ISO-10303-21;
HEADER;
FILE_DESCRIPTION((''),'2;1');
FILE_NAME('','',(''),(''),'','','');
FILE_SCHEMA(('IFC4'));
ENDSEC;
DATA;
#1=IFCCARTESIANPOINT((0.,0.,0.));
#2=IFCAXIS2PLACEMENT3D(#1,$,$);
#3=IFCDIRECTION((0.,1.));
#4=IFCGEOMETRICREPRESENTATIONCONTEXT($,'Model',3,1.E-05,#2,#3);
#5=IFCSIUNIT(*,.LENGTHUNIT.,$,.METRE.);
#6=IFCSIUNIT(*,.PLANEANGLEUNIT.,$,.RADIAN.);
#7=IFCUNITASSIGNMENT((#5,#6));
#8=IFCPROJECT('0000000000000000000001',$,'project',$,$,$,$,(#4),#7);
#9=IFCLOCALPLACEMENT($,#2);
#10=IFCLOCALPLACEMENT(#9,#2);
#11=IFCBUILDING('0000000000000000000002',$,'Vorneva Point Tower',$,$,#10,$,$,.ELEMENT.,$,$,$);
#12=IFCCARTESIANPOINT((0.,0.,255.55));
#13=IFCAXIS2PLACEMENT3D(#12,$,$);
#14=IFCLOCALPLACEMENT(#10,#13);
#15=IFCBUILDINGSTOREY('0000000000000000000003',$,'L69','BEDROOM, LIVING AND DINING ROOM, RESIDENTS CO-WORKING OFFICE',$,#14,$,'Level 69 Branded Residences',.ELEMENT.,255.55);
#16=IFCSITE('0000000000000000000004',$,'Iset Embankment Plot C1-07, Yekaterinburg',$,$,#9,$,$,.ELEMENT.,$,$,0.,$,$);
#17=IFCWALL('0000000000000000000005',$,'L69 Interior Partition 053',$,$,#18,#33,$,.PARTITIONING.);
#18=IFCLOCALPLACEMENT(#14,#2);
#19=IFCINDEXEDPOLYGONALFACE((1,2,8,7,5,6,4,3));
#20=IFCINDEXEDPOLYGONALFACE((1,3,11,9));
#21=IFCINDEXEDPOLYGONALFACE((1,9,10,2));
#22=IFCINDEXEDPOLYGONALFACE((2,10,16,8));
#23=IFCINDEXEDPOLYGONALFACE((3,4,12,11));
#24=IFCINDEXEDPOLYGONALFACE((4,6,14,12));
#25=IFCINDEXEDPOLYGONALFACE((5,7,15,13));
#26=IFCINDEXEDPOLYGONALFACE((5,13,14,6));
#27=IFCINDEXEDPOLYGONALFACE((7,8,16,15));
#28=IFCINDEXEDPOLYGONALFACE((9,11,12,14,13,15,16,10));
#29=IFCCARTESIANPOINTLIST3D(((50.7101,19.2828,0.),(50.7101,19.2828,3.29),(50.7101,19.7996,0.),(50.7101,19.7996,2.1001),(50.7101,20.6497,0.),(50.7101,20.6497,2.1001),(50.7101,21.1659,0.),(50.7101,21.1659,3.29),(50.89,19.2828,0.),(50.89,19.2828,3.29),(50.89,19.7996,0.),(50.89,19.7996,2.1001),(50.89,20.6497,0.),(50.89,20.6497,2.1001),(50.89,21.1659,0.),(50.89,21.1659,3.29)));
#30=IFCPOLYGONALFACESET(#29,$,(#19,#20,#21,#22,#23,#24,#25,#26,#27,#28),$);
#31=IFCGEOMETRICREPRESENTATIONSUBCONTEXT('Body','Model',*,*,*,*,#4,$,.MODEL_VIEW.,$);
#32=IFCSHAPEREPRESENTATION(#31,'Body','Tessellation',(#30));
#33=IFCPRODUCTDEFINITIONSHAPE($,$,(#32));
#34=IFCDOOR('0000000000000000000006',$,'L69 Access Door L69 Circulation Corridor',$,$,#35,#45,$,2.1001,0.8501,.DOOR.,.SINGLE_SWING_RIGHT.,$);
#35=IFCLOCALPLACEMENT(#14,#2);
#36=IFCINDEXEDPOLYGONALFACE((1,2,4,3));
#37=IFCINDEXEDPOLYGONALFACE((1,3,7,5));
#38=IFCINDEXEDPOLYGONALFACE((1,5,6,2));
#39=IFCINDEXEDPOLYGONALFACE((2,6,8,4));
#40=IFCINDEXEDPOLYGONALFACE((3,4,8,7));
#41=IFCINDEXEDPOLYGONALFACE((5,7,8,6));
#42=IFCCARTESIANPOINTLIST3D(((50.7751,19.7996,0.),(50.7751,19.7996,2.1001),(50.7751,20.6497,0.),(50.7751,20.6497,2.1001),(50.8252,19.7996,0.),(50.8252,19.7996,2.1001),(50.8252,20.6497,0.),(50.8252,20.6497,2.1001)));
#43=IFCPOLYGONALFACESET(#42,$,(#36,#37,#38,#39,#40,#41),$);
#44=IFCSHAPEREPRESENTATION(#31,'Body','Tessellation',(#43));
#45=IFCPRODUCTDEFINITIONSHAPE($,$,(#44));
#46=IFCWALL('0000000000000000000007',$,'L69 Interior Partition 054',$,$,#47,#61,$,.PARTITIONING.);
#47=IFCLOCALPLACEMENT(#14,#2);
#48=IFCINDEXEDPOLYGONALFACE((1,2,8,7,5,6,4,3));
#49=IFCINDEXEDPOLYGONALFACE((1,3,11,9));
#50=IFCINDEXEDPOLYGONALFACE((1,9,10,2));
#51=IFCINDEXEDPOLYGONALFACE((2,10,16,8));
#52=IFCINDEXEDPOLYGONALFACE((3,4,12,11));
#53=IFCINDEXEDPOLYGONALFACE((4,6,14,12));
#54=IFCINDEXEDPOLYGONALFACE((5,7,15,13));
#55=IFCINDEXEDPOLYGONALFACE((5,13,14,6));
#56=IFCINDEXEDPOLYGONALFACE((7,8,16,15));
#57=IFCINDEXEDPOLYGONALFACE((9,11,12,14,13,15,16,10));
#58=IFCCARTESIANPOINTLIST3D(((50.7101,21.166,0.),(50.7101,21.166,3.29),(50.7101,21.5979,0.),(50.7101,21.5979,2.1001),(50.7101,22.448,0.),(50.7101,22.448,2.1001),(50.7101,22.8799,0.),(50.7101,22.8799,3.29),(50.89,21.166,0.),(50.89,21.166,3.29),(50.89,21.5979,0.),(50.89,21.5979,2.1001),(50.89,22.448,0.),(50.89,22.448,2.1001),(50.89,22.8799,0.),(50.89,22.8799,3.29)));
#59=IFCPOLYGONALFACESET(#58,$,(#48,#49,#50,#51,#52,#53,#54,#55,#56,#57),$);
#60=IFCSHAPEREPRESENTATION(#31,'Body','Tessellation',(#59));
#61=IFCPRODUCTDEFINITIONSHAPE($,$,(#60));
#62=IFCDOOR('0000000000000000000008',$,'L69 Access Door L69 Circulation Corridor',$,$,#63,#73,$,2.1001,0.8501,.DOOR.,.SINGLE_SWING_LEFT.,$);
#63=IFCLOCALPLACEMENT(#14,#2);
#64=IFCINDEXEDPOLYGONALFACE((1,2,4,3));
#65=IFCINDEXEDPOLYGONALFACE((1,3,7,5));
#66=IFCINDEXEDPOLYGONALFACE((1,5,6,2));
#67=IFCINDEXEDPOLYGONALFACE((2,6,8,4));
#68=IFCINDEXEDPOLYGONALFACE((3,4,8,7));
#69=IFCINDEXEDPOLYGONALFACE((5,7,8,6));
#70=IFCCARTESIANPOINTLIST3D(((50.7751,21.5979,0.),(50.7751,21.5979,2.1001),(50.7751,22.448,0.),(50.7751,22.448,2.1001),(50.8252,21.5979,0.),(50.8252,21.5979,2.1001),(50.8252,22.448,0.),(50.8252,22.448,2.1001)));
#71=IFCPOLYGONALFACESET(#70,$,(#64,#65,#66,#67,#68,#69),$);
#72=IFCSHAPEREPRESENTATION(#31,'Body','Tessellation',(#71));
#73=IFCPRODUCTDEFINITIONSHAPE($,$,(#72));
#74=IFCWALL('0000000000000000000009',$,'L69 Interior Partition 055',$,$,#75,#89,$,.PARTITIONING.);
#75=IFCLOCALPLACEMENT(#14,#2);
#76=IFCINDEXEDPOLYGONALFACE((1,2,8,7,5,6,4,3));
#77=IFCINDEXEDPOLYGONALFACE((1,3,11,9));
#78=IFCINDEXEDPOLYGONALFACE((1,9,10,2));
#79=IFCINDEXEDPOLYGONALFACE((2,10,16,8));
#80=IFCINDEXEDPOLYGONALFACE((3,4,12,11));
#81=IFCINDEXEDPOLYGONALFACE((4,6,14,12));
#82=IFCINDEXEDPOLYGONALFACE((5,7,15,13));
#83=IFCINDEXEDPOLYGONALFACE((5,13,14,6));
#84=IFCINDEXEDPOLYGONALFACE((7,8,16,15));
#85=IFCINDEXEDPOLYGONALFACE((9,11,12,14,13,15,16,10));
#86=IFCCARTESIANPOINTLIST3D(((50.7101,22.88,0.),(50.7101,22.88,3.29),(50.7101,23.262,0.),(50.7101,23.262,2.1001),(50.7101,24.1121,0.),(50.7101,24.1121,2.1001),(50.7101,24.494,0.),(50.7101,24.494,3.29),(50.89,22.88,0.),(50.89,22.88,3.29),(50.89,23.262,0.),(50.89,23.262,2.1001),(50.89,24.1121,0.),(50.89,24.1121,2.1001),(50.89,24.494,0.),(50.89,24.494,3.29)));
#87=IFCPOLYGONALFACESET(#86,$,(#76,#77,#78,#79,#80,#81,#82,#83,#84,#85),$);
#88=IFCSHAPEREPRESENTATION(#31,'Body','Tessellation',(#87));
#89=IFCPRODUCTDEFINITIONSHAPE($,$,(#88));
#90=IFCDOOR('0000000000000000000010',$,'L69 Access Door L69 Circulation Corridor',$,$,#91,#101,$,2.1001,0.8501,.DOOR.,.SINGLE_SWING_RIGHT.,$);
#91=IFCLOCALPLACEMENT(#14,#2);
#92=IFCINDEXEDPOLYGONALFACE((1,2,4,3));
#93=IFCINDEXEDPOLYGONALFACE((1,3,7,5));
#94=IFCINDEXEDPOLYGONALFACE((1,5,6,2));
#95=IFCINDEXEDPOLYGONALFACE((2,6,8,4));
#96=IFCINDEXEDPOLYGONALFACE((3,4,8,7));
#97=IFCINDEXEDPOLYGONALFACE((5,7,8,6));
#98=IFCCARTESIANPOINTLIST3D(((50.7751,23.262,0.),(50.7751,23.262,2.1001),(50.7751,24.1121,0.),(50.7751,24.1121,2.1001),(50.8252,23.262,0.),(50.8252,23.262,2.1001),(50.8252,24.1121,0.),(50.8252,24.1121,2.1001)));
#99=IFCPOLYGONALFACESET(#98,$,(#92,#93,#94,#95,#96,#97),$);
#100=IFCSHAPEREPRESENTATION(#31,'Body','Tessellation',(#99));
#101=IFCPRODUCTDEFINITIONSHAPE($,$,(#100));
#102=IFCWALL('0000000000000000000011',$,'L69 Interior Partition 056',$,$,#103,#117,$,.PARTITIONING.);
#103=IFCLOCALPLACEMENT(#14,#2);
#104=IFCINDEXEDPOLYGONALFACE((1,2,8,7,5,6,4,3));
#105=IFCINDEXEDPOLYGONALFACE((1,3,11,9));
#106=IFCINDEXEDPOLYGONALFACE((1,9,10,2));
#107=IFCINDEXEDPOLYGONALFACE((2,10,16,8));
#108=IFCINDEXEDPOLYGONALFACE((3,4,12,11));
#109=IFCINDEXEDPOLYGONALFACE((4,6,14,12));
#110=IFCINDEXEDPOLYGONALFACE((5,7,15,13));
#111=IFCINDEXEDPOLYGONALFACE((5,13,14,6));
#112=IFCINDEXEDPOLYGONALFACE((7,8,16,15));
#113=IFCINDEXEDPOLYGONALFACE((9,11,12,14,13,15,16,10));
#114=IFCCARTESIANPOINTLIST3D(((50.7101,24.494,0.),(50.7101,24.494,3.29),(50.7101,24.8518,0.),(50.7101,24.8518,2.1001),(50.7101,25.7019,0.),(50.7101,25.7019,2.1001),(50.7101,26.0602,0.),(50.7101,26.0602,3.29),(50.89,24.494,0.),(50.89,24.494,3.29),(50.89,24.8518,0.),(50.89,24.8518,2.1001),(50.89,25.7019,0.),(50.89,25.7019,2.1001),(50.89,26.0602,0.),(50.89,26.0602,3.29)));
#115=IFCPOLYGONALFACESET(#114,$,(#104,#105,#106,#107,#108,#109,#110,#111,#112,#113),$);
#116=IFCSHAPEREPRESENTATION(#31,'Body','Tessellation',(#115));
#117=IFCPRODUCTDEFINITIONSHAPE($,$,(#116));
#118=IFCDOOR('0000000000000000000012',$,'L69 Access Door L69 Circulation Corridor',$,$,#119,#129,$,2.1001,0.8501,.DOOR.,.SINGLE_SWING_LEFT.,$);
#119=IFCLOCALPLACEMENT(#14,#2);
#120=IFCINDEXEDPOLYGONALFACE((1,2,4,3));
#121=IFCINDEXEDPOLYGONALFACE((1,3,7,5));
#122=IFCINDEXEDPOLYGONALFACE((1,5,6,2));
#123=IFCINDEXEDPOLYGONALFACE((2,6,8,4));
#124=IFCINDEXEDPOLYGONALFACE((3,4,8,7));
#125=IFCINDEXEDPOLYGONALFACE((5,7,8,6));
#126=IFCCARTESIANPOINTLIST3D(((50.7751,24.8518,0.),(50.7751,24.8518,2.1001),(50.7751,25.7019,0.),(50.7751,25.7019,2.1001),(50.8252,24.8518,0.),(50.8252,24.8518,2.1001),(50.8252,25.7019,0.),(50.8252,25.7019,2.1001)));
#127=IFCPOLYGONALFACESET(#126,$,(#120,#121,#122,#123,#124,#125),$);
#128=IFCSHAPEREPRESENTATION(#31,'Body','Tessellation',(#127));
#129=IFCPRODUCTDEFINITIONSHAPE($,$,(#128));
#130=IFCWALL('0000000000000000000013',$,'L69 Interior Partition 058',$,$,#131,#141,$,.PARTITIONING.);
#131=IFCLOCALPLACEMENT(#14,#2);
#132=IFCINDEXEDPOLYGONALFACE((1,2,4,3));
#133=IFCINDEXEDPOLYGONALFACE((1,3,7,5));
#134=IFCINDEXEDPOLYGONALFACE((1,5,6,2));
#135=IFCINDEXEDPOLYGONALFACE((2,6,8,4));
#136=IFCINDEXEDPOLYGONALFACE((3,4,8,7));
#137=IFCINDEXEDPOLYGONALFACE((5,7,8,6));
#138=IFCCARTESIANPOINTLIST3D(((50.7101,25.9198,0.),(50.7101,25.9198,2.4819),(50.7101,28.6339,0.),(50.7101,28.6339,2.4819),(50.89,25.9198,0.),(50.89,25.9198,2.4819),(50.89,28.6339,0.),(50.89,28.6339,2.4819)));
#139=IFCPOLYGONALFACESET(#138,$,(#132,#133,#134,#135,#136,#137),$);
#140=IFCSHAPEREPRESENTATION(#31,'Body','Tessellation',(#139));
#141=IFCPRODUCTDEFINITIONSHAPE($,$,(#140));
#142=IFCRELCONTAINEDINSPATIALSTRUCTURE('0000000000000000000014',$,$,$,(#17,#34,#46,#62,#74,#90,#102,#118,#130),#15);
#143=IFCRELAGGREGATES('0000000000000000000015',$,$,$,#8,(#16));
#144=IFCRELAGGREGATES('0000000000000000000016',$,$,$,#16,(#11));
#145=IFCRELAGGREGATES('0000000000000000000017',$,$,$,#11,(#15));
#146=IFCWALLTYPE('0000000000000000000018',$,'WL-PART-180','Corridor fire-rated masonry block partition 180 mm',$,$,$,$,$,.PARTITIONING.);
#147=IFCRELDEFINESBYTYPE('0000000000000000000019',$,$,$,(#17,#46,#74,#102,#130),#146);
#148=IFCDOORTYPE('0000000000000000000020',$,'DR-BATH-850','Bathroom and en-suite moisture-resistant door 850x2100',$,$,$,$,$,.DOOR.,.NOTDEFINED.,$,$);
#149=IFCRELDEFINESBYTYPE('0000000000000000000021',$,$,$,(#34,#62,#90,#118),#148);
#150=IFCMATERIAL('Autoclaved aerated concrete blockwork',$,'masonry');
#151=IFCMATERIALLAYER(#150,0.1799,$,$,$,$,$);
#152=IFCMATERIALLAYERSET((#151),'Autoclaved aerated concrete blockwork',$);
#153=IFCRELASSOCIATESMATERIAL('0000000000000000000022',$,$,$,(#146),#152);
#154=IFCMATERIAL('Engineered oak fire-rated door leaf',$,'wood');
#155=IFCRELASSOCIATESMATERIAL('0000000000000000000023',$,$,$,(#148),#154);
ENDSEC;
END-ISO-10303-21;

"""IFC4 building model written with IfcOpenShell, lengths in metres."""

from ifc_helpers import new_model, si_unit, direction, frame, frame_2d, origin, place, context, subcontext, project, spatial, rectangle, extrude, material, layer, layer_set, type_object, element, fill, save


model = new_model("IFC4")

# Units and contexts
model_context = context("Model", 3, precision=1e-05, world=origin(), true_north=direction((0.0, 1.0)))
body_context = subcontext(model_context, "Body", "Model", "MODEL_VIEW")
ifc_project = project(units=[si_unit("LENGTHUNIT", "METRE"), si_unit("PLANEANGLEUNIT", "RADIAN")], contexts=[model_context])

# Site, building, storey
site_placement = place(None, origin())
site = spatial("IfcSite", under=ifc_project, at=site_placement, Name="Iset Embankment Plot C1-07, Yekaterinburg", CompositionType="ELEMENT", RefElevation=0.0)
building_placement = place(site_placement, origin())
building = spatial("IfcBuilding", under=site, at=building_placement, Name="Vorneva Point Tower", CompositionType="ELEMENT")
storey_placement = place(building_placement, frame((0.0, 0.0, 255.55)))
storey = spatial("IfcBuildingStorey", under=building, at=storey_placement, Name="L69", Description="BEDROOM, LIVING AND DINING ROOM, RESIDENTS CO-WORKING OFFICE", LongName="Level 69 Branded Residences", CompositionType="ELEMENT", Elevation=255.55)

# Walls, openings, doors
ifc_material_1 = material(Name="Autoclaved aerated concrete blockwork", Category="masonry")
ifc_layer_1 = layer(ifc_material_1, 0.1799)
ifc_layer_set_1 = layer_set([ifc_layer_1], Name="Autoclaved aerated concrete blockwork")
wall_type_1 = type_object("IfcWallType", Name="WL-PART-180", Description="Corridor fire-rated masonry block partition 180 mm", PredefinedType="PARTITIONING", material=ifc_layer_set_1)
ifc_material_2 = material(Name="Engineered oak fire-rated door leaf", Category="wood")
door_type_1 = type_object("IfcDoorType", Name="DR-BATH-850", Description="Bathroom and en-suite moisture-resistant door 850x2100", OperationType="NOTDEFINED", PredefinedType="DOOR", material=ifc_material_2)
wall_1_placement = place(storey_placement, frame((50.8, 19.283, 0.0), z_axis=(0.0, 0.0, 1.0), x_axis=(0.0, 1.0, 0.0)))
wall_1 = element("IfcWall", 1, at=wall_1_placement, inside=storey, type_object=wall_type_1, Name="L69 Interior Partition 053", PredefinedType="PARTITIONING", context=body_context, shape_type="SweptSolid", body=[
    extrude(rectangle(XDim=1.8831, YDim=0.1799, at=frame_2d((0.9414, 0.0))), origin(), (0.0, 0.0, 1.0), 3.29),
])
opening_1_placement = place(wall_1_placement, frame((0.5166, 0.0, 0.0)))
opening_1 = element("IfcOpeningElement", 2, at=opening_1_placement, cuts=wall_1, PredefinedType="OPENING", context=body_context, shape_type="SweptSolid", body=[
    extrude(rectangle(XDim=0.8501, YDim=2.1001, at=frame_2d((0.425, 1.05))), frame((0.0, 0.105, 0.0), z_axis=(0.0, -1.0, 0.0), x_axis=(1.0, 0.0, 0.0)), (0.0, 0.0, 1.0), 0.2097),
])
door_1_placement = place(opening_1_placement, origin())
door_1 = element("IfcDoor", 3, at=door_1_placement, inside=storey, type_object=door_type_1, Name="L69 Access Door L69 Circulation Corridor", OperationType="SINGLE_SWING_RIGHT", OverallHeight=2.1001, OverallWidth=0.8501, PredefinedType="DOOR", context=body_context, shape_type="SweptSolid", body=[
    extrude(rectangle(XDim=0.8501, YDim=2.1001, at=frame_2d((0.425, 1.05))), frame((0.0, 0.0249, 0.0), z_axis=(0.0, -1.0, 0.0), x_axis=(1.0, 0.0, 0.0)), (0.0, 0.0, 1.0), 0.05),
])
fill(opening_1, door_1)
wall_2_placement = place(storey_placement, frame((50.8, 21.166, 0.0), z_axis=(0.0, 0.0, 1.0), x_axis=(0.0, 1.0, 0.0)))
wall_2 = element("IfcWall", 4, at=wall_2_placement, inside=storey, type_object=wall_type_1, Name="L69 Interior Partition 054", PredefinedType="PARTITIONING", context=body_context, shape_type="SweptSolid", body=[
    extrude(rectangle(XDim=1.7139, YDim=0.1799, at=frame_2d((0.8569, 0.0))), origin(), (0.0, 0.0, 1.0), 3.29),
])
opening_2_placement = place(wall_2_placement, frame((0.4319, 0.0, 0.0)))
opening_2 = element("IfcOpeningElement", 5, at=opening_2_placement, cuts=wall_2, PredefinedType="OPENING", context=body_context, shape_type="SweptSolid", body=[
    extrude(rectangle(XDim=0.8501, YDim=2.1001, at=frame_2d((0.425, 1.05))), frame((0.0, 0.105, 0.0), z_axis=(0.0, -1.0, 0.0), x_axis=(1.0, 0.0, 0.0)), (0.0, 0.0, 1.0), 0.2097),
])
door_2_placement = place(opening_2_placement, origin())
door_2 = element("IfcDoor", 6, at=door_2_placement, inside=storey, type_object=door_type_1, Name="L69 Access Door L69 Circulation Corridor", OperationType="SINGLE_SWING_LEFT", OverallHeight=2.1001, OverallWidth=0.8501, PredefinedType="DOOR", context=body_context, shape_type="SweptSolid", body=[
    extrude(rectangle(XDim=0.8501, YDim=2.1001, at=frame_2d((0.425, 1.05))), frame((0.0, 0.0249, 0.0), z_axis=(0.0, -1.0, 0.0), x_axis=(1.0, 0.0, 0.0)), (0.0, 0.0, 1.0), 0.05),
])
fill(opening_2, door_2)
wall_3_placement = place(storey_placement, frame((50.8, 22.8799, 0.0), z_axis=(0.0, 0.0, 1.0), x_axis=(0.0, 1.0, 0.0)))
wall_3 = element("IfcWall", 7, at=wall_3_placement, inside=storey, type_object=wall_type_1, Name="L69 Interior Partition 055", PredefinedType="PARTITIONING", context=body_context, shape_type="SweptSolid", body=[
    extrude(rectangle(XDim=1.614, YDim=0.1799, at=frame_2d((0.8071, 0.0))), origin(), (0.0, 0.0, 1.0), 3.29),
])
opening_3_placement = place(wall_3_placement, frame((0.3821, 0.0, 0.0)))
opening_3 = element("IfcOpeningElement", 8, at=opening_3_placement, cuts=wall_3, PredefinedType="OPENING", context=body_context, shape_type="SweptSolid", body=[
    extrude(rectangle(XDim=0.8501, YDim=2.1001, at=frame_2d((0.425, 1.05))), frame((0.0, 0.105, 0.0), z_axis=(0.0, -1.0, 0.0), x_axis=(1.0, 0.0, 0.0)), (0.0, 0.0, 1.0), 0.2097),
])
door_3_placement = place(opening_3_placement, origin())
door_3 = element("IfcDoor", 9, at=door_3_placement, inside=storey, type_object=door_type_1, Name="L69 Access Door L69 Circulation Corridor", OperationType="SINGLE_SWING_RIGHT", OverallHeight=2.1001, OverallWidth=0.8501, PredefinedType="DOOR", context=body_context, shape_type="SweptSolid", body=[
    extrude(rectangle(XDim=0.8501, YDim=2.1001, at=frame_2d((0.425, 1.05))), frame((0.0, 0.0249, 0.0), z_axis=(0.0, -1.0, 0.0), x_axis=(1.0, 0.0, 0.0)), (0.0, 0.0, 1.0), 0.05),
])
fill(opening_3, door_3)
wall_4_placement = place(storey_placement, frame((50.8, 24.4939, 0.0), z_axis=(0.0, 0.0, 1.0), x_axis=(0.0, 1.0, 0.0)))
wall_4 = element("IfcWall", 10, at=wall_4_placement, inside=storey, type_object=wall_type_1, Name="L69 Interior Partition 056", PredefinedType="PARTITIONING", context=body_context, shape_type="SweptSolid", body=[
    extrude(rectangle(XDim=1.5662, YDim=0.1799, at=frame_2d((0.7832, 0.0))), origin(), (0.0, 0.0, 1.0), 3.29),
])
opening_4_placement = place(wall_4_placement, frame((0.3579, 0.0, 0.0)))
opening_4 = element("IfcOpeningElement", 11, at=opening_4_placement, cuts=wall_4, PredefinedType="OPENING", context=body_context, shape_type="SweptSolid", body=[
    extrude(rectangle(XDim=0.8501, YDim=2.1001, at=frame_2d((0.425, 1.05))), frame((0.0, 0.105, 0.0), z_axis=(0.0, -1.0, 0.0), x_axis=(1.0, 0.0, 0.0)), (0.0, 0.0, 1.0), 0.2097),
])
door_4_placement = place(opening_4_placement, origin())
door_4 = element("IfcDoor", 12, at=door_4_placement, inside=storey, type_object=door_type_1, Name="L69 Access Door L69 Circulation Corridor", OperationType="SINGLE_SWING_LEFT", OverallHeight=2.1001, OverallWidth=0.8501, PredefinedType="DOOR", context=body_context, shape_type="SweptSolid", body=[
    extrude(rectangle(XDim=0.8501, YDim=2.1001, at=frame_2d((0.425, 1.05))), frame((0.0, 0.0249, 0.0), z_axis=(0.0, -1.0, 0.0), x_axis=(1.0, 0.0, 0.0)), (0.0, 0.0, 1.0), 0.05),
])
fill(opening_4, door_4)

# Wall
wall_5_placement = place(storey_placement, frame((50.8, 25.9199, 0.0), z_axis=(0.0, 0.0, 1.0), x_axis=(0.0, 1.0, 0.0)))
element("IfcWall", 13, at=wall_5_placement, inside=storey, type_object=wall_type_1, Name="L69 Interior Partition 058", PredefinedType="PARTITIONING", context=body_context, shape_type="SweptSolid", body=[
    extrude(rectangle(XDim=2.7141, YDim=0.1799, at=frame_2d((1.3569, 0.0))), origin(), (0.0, 0.0, 1.0), 2.4819),
])

save(model, "model.ifc")
